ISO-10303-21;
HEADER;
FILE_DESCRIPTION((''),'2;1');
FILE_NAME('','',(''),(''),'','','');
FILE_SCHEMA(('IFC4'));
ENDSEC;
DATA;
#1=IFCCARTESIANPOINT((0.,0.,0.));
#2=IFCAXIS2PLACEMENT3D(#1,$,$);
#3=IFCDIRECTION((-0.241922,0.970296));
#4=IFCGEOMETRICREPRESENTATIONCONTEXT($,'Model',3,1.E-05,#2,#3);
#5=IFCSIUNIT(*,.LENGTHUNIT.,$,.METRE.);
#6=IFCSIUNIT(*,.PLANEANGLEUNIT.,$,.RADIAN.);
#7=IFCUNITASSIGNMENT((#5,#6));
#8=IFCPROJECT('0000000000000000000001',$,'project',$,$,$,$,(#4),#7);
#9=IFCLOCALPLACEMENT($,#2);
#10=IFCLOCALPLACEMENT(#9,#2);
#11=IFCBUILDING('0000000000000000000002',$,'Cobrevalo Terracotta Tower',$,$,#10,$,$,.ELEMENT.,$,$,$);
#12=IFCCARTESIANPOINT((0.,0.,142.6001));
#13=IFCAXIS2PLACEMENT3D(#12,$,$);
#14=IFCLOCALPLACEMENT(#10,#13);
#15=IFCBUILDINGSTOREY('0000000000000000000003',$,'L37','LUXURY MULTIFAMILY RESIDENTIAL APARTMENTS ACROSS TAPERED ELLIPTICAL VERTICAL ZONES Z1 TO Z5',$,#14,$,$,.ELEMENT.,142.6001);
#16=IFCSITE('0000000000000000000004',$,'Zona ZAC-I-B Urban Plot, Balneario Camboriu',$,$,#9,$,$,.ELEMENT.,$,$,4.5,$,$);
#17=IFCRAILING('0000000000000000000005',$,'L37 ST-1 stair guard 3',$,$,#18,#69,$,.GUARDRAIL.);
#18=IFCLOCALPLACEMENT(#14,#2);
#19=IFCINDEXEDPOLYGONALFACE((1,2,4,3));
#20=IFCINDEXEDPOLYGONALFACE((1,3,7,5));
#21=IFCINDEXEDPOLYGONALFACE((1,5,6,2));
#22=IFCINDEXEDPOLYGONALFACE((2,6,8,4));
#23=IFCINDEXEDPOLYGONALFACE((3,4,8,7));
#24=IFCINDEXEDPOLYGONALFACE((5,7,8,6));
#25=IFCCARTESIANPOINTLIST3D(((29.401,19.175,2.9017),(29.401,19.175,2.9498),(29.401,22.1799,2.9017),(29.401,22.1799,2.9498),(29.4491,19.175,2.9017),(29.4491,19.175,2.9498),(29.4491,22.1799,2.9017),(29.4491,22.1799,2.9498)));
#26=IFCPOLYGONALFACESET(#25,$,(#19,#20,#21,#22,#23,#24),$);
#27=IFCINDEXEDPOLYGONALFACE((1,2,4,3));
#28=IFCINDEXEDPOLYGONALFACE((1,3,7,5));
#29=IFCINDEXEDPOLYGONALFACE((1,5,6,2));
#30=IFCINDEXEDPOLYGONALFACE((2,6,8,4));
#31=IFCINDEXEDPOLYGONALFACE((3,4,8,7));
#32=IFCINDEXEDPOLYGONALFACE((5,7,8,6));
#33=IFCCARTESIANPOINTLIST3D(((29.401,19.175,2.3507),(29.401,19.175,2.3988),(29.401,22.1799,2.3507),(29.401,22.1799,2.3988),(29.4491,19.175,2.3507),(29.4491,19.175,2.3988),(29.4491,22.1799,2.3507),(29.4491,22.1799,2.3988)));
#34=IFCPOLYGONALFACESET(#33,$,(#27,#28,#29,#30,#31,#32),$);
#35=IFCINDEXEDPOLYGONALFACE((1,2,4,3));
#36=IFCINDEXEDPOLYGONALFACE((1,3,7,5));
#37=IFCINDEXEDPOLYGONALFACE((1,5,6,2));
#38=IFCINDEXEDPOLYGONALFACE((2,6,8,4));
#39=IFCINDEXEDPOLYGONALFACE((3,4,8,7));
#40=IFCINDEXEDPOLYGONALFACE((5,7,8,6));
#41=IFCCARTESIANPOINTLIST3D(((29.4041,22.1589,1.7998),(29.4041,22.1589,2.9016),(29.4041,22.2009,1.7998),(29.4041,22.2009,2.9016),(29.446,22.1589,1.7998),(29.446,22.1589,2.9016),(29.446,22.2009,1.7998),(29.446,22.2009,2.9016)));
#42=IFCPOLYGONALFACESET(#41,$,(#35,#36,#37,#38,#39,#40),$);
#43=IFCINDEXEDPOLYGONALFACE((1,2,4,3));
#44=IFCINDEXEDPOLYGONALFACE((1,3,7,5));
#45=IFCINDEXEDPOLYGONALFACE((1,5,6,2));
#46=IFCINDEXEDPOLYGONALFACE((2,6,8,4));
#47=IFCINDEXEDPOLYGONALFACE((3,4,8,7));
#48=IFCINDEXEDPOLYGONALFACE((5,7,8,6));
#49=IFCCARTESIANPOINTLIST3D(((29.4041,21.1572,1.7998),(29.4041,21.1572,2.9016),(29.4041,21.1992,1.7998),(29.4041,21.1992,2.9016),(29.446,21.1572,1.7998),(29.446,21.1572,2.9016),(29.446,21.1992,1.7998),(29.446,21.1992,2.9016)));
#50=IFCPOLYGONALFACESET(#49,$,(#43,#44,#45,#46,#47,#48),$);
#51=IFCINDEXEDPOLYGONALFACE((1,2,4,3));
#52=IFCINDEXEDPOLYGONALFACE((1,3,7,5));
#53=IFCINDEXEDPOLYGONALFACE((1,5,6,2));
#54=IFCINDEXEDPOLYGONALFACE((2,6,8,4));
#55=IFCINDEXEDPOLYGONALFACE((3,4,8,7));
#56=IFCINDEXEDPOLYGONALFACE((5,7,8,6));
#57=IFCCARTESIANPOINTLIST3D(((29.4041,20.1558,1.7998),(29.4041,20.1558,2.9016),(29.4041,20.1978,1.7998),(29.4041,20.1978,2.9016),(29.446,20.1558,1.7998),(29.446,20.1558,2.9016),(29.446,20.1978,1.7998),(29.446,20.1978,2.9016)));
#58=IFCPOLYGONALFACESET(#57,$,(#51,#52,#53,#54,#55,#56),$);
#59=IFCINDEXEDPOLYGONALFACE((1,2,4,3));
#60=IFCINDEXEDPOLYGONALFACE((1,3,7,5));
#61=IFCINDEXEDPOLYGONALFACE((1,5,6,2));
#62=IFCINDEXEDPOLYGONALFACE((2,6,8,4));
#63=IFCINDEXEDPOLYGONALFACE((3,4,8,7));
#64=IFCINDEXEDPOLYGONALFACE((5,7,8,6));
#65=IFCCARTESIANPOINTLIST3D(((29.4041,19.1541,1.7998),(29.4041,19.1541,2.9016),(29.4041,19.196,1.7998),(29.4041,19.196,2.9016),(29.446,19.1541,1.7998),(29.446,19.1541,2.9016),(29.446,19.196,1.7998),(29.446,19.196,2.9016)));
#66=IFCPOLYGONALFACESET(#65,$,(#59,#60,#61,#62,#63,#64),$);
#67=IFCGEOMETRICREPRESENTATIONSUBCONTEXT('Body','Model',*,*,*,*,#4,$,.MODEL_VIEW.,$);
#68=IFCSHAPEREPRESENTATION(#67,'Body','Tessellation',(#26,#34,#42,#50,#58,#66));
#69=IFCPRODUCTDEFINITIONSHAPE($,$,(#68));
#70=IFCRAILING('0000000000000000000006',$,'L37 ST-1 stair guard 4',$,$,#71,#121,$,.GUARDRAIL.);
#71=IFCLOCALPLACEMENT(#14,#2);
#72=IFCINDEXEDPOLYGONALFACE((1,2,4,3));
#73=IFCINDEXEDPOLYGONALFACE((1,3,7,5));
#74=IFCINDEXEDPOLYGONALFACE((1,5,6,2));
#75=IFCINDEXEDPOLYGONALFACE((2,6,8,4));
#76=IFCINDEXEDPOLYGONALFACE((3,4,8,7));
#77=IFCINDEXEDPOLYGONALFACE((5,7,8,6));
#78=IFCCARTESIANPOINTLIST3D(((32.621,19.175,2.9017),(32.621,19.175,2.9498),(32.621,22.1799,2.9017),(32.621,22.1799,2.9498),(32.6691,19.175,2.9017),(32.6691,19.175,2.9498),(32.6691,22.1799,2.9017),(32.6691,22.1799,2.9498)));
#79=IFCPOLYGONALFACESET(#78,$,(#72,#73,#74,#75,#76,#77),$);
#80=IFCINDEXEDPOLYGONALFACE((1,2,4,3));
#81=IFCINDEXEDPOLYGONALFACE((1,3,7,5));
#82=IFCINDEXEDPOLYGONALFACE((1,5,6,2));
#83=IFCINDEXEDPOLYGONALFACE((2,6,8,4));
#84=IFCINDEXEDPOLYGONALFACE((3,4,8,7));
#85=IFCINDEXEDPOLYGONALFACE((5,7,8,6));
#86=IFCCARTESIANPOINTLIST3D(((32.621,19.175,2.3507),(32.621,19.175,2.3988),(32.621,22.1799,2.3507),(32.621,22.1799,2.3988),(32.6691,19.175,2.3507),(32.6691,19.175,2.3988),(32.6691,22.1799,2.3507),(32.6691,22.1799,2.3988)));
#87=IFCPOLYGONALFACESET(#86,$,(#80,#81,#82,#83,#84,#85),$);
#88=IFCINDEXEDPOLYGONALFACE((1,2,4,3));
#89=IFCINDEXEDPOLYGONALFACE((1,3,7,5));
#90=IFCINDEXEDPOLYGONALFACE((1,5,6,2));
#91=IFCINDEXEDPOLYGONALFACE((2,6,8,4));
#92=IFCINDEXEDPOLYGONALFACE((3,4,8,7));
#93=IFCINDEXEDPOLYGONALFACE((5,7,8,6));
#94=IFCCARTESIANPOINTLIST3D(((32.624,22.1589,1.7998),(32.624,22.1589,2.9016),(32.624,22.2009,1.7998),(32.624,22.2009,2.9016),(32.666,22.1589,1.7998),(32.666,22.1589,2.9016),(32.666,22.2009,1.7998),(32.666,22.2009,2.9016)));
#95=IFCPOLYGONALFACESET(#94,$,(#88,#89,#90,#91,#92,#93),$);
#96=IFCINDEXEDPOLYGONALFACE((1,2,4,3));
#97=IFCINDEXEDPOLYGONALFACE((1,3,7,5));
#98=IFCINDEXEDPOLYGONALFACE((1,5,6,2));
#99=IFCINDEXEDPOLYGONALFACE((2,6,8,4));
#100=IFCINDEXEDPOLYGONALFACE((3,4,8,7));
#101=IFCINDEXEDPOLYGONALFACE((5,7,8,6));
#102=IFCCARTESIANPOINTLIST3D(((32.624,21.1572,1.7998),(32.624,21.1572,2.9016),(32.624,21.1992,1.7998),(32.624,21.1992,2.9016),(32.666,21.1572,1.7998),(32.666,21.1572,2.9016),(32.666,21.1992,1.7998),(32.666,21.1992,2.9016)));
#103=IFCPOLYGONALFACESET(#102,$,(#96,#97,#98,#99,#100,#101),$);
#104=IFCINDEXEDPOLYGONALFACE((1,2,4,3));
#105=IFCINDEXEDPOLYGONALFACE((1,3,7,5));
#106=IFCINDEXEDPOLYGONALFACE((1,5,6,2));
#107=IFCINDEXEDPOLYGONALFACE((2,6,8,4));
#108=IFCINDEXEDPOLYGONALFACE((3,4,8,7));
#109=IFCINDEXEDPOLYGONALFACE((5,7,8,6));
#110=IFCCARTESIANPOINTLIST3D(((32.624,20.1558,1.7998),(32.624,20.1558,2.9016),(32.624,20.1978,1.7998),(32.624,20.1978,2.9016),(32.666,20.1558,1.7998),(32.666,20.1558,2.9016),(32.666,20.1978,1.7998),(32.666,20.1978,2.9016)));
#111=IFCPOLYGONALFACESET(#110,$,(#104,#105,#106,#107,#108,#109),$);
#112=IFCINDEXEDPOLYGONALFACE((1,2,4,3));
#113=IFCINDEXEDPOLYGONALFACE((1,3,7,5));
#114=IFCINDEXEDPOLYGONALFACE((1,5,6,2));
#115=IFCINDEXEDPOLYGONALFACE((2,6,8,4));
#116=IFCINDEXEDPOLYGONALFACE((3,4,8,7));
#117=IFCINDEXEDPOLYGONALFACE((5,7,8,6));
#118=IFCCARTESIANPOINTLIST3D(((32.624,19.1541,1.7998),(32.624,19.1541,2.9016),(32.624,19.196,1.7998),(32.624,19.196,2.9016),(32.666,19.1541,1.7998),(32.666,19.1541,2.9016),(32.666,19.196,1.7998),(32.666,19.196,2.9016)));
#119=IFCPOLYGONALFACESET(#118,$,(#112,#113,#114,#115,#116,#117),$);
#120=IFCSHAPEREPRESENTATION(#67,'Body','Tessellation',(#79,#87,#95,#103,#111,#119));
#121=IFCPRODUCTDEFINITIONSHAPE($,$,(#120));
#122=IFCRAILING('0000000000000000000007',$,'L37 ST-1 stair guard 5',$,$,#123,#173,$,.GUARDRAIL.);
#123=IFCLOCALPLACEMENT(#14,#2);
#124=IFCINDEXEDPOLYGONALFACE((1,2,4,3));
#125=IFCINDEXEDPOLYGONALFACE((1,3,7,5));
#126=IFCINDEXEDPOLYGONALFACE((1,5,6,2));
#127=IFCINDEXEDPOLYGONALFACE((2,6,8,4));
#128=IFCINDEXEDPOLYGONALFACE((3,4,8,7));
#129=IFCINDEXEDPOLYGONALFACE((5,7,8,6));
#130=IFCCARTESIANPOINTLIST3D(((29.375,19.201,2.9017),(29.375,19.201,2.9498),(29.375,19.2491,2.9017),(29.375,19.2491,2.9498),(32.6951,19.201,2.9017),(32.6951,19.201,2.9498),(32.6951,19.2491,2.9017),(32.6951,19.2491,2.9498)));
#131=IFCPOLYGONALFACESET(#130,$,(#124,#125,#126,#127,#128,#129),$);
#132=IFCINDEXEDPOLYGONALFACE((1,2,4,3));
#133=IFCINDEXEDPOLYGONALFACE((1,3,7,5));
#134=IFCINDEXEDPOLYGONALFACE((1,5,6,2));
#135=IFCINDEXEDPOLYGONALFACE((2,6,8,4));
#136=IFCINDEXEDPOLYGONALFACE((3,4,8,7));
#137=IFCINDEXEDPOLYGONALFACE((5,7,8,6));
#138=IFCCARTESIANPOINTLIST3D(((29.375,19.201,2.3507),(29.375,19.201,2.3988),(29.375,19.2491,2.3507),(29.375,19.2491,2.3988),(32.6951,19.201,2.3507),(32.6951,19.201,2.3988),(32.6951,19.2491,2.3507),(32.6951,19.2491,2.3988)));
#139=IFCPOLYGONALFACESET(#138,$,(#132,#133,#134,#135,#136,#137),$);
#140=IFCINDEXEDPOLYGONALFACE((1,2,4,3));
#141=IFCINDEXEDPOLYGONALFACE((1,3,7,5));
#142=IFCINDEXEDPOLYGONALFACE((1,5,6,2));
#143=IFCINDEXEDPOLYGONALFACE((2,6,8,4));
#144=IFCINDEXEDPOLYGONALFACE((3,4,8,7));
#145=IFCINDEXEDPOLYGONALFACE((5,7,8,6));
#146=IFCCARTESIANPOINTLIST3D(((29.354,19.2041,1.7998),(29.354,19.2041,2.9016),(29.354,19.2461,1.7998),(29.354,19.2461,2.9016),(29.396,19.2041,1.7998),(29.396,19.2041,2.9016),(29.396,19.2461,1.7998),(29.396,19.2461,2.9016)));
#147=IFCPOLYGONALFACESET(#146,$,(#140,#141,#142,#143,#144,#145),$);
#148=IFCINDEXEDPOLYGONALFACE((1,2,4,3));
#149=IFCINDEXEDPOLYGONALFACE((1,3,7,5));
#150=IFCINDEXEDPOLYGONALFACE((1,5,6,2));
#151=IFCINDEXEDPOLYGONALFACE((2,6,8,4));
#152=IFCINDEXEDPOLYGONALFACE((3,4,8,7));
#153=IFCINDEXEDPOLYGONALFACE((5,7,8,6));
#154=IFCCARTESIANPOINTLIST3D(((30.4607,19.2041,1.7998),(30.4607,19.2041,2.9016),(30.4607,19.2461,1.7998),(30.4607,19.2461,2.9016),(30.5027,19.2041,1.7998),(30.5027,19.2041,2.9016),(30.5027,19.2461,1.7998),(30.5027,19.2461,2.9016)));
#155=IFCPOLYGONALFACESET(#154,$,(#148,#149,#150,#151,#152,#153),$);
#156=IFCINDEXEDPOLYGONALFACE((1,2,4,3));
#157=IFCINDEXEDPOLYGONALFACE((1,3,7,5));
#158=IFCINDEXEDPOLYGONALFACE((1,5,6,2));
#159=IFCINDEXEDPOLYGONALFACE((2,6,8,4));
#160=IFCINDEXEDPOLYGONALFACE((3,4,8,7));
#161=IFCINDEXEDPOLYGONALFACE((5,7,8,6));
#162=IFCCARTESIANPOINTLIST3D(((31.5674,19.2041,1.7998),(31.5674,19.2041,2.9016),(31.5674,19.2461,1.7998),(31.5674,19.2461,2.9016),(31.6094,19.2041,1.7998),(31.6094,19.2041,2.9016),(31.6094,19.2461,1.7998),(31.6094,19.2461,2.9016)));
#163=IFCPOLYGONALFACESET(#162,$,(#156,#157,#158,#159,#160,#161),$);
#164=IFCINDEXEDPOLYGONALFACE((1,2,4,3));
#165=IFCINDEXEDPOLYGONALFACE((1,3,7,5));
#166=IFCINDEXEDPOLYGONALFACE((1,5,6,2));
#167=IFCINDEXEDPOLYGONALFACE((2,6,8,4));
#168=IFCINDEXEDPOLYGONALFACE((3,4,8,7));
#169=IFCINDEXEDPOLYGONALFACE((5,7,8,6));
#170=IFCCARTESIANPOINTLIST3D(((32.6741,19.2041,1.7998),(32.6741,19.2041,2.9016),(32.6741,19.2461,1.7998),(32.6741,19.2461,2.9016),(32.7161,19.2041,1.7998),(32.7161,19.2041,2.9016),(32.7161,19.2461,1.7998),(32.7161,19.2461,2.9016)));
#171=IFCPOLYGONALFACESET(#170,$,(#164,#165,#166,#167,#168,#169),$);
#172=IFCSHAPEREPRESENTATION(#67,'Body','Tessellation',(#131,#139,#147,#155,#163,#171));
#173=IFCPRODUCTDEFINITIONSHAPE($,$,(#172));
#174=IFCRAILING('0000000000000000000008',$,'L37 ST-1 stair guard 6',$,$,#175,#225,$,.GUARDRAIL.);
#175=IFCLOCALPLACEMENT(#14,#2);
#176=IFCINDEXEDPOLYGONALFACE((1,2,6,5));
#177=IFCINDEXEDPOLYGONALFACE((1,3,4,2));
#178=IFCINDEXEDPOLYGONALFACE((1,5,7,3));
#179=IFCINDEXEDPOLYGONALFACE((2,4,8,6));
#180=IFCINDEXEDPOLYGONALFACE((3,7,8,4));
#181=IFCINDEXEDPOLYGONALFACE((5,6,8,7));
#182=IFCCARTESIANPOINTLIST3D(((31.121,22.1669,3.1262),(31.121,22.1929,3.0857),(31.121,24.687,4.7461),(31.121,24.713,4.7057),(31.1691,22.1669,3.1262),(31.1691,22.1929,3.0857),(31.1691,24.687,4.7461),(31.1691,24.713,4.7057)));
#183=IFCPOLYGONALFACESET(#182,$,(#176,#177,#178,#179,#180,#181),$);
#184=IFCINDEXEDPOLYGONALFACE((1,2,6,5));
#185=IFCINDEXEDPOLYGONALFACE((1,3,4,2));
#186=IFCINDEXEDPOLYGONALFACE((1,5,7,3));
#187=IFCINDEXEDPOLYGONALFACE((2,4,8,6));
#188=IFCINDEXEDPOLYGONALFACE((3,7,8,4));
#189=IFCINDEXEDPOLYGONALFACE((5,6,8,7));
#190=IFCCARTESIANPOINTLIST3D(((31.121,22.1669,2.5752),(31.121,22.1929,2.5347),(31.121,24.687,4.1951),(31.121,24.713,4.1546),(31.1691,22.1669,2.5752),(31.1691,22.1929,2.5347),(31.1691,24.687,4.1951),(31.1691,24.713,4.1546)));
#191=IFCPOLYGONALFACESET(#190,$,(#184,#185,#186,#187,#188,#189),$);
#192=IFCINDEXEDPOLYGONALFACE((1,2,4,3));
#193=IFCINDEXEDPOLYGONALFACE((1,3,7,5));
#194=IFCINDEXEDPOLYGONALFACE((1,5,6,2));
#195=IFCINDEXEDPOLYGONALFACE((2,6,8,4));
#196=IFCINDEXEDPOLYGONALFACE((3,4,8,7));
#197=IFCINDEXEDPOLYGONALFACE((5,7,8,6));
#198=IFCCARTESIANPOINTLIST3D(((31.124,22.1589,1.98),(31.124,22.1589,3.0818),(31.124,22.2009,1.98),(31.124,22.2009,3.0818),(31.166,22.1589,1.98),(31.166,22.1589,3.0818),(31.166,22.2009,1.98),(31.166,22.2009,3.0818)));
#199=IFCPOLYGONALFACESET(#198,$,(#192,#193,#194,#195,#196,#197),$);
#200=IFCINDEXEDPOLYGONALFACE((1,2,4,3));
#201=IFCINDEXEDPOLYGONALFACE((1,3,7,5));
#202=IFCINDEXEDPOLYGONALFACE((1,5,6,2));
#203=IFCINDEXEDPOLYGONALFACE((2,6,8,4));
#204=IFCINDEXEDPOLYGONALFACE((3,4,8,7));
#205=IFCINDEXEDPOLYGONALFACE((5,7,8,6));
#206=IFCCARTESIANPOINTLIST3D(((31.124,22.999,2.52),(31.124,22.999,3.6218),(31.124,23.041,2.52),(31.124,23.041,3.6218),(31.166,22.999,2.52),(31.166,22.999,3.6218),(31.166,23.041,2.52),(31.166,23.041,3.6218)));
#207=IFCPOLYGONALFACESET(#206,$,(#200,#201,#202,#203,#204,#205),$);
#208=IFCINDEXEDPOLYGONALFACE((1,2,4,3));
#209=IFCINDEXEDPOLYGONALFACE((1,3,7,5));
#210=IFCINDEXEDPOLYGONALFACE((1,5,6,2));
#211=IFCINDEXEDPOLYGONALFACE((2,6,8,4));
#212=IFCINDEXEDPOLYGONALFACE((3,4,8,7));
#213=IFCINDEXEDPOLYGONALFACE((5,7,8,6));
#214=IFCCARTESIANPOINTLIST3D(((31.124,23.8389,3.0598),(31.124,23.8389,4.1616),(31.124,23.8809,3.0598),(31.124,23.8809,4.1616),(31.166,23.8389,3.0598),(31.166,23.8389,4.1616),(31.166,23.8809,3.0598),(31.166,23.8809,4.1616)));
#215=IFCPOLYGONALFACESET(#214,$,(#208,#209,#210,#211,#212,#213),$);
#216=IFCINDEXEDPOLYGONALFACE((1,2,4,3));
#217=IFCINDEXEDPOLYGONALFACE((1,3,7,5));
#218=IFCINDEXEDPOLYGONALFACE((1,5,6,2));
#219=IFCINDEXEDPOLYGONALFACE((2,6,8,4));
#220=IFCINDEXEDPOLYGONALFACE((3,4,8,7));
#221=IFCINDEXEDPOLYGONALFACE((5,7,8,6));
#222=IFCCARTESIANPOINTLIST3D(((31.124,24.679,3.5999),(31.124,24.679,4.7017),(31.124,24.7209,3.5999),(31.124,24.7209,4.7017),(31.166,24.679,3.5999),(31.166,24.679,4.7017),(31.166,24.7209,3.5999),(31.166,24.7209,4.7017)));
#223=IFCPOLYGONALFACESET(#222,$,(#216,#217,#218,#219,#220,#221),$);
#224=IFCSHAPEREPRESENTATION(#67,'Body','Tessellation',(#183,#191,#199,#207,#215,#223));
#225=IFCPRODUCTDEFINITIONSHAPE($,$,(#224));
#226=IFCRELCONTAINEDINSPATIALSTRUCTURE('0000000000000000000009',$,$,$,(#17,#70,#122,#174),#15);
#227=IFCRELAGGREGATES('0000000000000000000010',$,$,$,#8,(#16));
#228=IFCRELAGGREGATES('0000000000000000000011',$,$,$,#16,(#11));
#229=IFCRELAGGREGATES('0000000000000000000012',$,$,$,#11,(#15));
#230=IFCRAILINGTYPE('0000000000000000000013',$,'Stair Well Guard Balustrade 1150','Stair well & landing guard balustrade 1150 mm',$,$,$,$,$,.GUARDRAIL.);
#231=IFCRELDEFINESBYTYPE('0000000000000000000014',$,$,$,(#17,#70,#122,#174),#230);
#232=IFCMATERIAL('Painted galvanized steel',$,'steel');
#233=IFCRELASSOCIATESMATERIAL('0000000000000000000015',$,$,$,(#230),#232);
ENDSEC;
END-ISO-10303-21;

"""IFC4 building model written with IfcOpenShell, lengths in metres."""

from ifc_helpers import new_model, si_unit, direction, frame, origin, origin_2d, place, context, subcontext, project, spatial, rectangle, extrude, material, type_object, element, save


model = new_model("IFC4")

# Units and contexts
model_context = context("Model", 3, precision=1e-05, world=origin(), true_north=direction((-0.241922, 0.970296)))
body_context = subcontext(model_context, "Body", "Model", "MODEL_VIEW")
ifc_project = project(units=[si_unit("LENGTHUNIT", "METRE"), si_unit("PLANEANGLEUNIT", "RADIAN")], contexts=[model_context])

# Site, building, storey
site_placement = place(None, origin())
site = spatial("IfcSite", under=ifc_project, at=site_placement, Name="Zona ZAC-I-B Urban Plot, Balneario Camboriu", CompositionType="ELEMENT", RefElevation=4.5)
building_placement = place(site_placement, origin())
building = spatial("IfcBuilding", under=site, at=building_placement, Name="Cobrevalo Terracotta Tower", CompositionType="ELEMENT")
storey_placement = place(building_placement, frame((0.0, 0.0, 142.6001)))
storey = spatial("IfcBuildingStorey", under=building, at=storey_placement, Name="L37", Description="LUXURY MULTIFAMILY RESIDENTIAL APARTMENTS ACROSS TAPERED ELLIPTICAL VERTICAL ZONES Z1 TO Z5", CompositionType="ELEMENT", Elevation=142.6001)

# Railings
ifc_material_1 = material(Name="Painted galvanized steel", Category="steel")
railing_type_1 = type_object("IfcRailingType", Name="Stair Well Guard Balustrade 1150", Description="Stair well & landing guard balustrade 1150 mm", PredefinedType="GUARDRAIL", material=ifc_material_1)
for number, where, name in (
    (1, (29.425, 22.1799, 1.7998), "L37 ST-1 stair guard 3"),
    (2, (32.645, 22.1799, 1.7998), "L37 ST-1 stair guard 4"),
):
    element("IfcRailing", number, at=place(storey_placement, frame(where)), inside=storey, type_object=railing_type_1, Name=name, PredefinedType="GUARDRAIL", context=body_context, shape_type="SweptSolid", body=[
        extrude(rectangle(XDim=0.0481, YDim=0.0481, at=origin_2d()), frame((0.0, 0.0, 1.126), z_axis=(0.0, -1.0, 0.0), x_axis=(1.0, 0.0, 0.0)), (0.0, 0.0, 1.0), 3.0049),
        extrude(rectangle(XDim=0.0481, YDim=0.0481, at=origin_2d()), frame((0.0, 0.0, 0.575), z_axis=(0.0, -1.0, 0.0), x_axis=(1.0, 0.0, 0.0)), (0.0, 0.0, 1.0), 3.0049),
        extrude(rectangle(XDim=0.042, YDim=0.042, at=origin_2d()), origin(), (0.0, 0.0, 1.0), 1.1018),
        extrude(rectangle(XDim=0.042, YDim=0.042, at=origin_2d()), frame((0.0, -1.0017, 0.0)), (0.0, 0.0, 1.0), 1.1018),
        extrude(rectangle(XDim=0.042, YDim=0.042, at=origin_2d()), frame((0.0, -2.0032, 0.0)), (0.0, 0.0, 1.0), 1.1018),
        extrude(rectangle(XDim=0.042, YDim=0.042, at=origin_2d()), frame((0.0, -3.0049, 0.0)), (0.0, 0.0, 1.0), 1.1018),
    ])
railing_1_placement = place(storey_placement, frame((29.375, 19.2251, 1.7998)))
element("IfcRailing", 3, at=railing_1_placement, inside=storey, type_object=railing_type_1, Name="L37 ST-1 stair guard 5", PredefinedType="GUARDRAIL", context=body_context, shape_type="SweptSolid", body=[
    extrude(rectangle(XDim=0.0481, YDim=0.0481, at=origin_2d()), frame((0.0, 0.0, 1.126), z_axis=(1.0, 0.0, 0.0), x_axis=(0.0, 1.0, 0.0)), (0.0, 0.0, 1.0), 3.3201),
    extrude(rectangle(XDim=0.0481, YDim=0.0481, at=origin_2d()), frame((0.0, 0.0, 0.575), z_axis=(1.0, 0.0, 0.0), x_axis=(0.0, 1.0, 0.0)), (0.0, 0.0, 1.0), 3.3201),
    extrude(rectangle(XDim=0.042, YDim=0.042, at=origin_2d()), origin(), (0.0, 0.0, 1.0), 1.1018),
    extrude(rectangle(XDim=0.042, YDim=0.042, at=origin_2d()), frame((1.1067, 0.0, 0.0)), (0.0, 0.0, 1.0), 1.1018),
    extrude(rectangle(XDim=0.042, YDim=0.042, at=origin_2d()), frame((2.2134, 0.0, 0.0)), (0.0, 0.0, 1.0), 1.1018),
    extrude(rectangle(XDim=0.042, YDim=0.042, at=origin_2d()), frame((3.3201, 0.0, 0.0)), (0.0, 0.0, 1.0), 1.1018),
])
railing_2_placement = place(storey_placement, frame((31.145, 22.1799, 1.98)))
element("IfcRailing", 4, at=railing_2_placement, inside=storey, type_object=railing_type_1, Name="L37 ST-1 stair guard 6", PredefinedType="GUARDRAIL", context=body_context, shape_type="SweptSolid", body=[
    extrude(rectangle(XDim=0.0481, YDim=0.0481, at=origin_2d()), frame((0.0, 0.0, 1.126), z_axis=(0.0, 0.8412, 0.540725), x_axis=(-1.0, 0.0, 0.0)), (0.0, 0.0, 1.0), 2.9958),
    extrude(rectangle(XDim=0.0481, YDim=0.0481, at=origin_2d()), frame((0.0, 0.0, 0.575), z_axis=(0.0, 0.8412, 0.540725), x_axis=(-1.0, 0.0, 0.0)), (0.0, 0.0, 1.0), 2.9958),
    extrude(rectangle(XDim=0.042, YDim=0.042, at=origin_2d()), origin(), (0.0, 0.0, 1.0), 1.1018),
    extrude(rectangle(XDim=0.042, YDim=0.042, at=origin_2d()), frame((0.0, 0.8401, 0.54)), (0.0, 0.0, 1.0), 1.1018),
    extrude(rectangle(XDim=0.042, YDim=0.042, at=origin_2d()), frame((0.0, 1.6799, 1.0798)), (0.0, 0.0, 1.0), 1.1018),
    extrude(rectangle(XDim=0.042, YDim=0.042, at=origin_2d()), frame((0.0, 2.52, 1.6199)), (0.0, 0.0, 1.0), 1.1018),
])

save(model, "model.ifc")
